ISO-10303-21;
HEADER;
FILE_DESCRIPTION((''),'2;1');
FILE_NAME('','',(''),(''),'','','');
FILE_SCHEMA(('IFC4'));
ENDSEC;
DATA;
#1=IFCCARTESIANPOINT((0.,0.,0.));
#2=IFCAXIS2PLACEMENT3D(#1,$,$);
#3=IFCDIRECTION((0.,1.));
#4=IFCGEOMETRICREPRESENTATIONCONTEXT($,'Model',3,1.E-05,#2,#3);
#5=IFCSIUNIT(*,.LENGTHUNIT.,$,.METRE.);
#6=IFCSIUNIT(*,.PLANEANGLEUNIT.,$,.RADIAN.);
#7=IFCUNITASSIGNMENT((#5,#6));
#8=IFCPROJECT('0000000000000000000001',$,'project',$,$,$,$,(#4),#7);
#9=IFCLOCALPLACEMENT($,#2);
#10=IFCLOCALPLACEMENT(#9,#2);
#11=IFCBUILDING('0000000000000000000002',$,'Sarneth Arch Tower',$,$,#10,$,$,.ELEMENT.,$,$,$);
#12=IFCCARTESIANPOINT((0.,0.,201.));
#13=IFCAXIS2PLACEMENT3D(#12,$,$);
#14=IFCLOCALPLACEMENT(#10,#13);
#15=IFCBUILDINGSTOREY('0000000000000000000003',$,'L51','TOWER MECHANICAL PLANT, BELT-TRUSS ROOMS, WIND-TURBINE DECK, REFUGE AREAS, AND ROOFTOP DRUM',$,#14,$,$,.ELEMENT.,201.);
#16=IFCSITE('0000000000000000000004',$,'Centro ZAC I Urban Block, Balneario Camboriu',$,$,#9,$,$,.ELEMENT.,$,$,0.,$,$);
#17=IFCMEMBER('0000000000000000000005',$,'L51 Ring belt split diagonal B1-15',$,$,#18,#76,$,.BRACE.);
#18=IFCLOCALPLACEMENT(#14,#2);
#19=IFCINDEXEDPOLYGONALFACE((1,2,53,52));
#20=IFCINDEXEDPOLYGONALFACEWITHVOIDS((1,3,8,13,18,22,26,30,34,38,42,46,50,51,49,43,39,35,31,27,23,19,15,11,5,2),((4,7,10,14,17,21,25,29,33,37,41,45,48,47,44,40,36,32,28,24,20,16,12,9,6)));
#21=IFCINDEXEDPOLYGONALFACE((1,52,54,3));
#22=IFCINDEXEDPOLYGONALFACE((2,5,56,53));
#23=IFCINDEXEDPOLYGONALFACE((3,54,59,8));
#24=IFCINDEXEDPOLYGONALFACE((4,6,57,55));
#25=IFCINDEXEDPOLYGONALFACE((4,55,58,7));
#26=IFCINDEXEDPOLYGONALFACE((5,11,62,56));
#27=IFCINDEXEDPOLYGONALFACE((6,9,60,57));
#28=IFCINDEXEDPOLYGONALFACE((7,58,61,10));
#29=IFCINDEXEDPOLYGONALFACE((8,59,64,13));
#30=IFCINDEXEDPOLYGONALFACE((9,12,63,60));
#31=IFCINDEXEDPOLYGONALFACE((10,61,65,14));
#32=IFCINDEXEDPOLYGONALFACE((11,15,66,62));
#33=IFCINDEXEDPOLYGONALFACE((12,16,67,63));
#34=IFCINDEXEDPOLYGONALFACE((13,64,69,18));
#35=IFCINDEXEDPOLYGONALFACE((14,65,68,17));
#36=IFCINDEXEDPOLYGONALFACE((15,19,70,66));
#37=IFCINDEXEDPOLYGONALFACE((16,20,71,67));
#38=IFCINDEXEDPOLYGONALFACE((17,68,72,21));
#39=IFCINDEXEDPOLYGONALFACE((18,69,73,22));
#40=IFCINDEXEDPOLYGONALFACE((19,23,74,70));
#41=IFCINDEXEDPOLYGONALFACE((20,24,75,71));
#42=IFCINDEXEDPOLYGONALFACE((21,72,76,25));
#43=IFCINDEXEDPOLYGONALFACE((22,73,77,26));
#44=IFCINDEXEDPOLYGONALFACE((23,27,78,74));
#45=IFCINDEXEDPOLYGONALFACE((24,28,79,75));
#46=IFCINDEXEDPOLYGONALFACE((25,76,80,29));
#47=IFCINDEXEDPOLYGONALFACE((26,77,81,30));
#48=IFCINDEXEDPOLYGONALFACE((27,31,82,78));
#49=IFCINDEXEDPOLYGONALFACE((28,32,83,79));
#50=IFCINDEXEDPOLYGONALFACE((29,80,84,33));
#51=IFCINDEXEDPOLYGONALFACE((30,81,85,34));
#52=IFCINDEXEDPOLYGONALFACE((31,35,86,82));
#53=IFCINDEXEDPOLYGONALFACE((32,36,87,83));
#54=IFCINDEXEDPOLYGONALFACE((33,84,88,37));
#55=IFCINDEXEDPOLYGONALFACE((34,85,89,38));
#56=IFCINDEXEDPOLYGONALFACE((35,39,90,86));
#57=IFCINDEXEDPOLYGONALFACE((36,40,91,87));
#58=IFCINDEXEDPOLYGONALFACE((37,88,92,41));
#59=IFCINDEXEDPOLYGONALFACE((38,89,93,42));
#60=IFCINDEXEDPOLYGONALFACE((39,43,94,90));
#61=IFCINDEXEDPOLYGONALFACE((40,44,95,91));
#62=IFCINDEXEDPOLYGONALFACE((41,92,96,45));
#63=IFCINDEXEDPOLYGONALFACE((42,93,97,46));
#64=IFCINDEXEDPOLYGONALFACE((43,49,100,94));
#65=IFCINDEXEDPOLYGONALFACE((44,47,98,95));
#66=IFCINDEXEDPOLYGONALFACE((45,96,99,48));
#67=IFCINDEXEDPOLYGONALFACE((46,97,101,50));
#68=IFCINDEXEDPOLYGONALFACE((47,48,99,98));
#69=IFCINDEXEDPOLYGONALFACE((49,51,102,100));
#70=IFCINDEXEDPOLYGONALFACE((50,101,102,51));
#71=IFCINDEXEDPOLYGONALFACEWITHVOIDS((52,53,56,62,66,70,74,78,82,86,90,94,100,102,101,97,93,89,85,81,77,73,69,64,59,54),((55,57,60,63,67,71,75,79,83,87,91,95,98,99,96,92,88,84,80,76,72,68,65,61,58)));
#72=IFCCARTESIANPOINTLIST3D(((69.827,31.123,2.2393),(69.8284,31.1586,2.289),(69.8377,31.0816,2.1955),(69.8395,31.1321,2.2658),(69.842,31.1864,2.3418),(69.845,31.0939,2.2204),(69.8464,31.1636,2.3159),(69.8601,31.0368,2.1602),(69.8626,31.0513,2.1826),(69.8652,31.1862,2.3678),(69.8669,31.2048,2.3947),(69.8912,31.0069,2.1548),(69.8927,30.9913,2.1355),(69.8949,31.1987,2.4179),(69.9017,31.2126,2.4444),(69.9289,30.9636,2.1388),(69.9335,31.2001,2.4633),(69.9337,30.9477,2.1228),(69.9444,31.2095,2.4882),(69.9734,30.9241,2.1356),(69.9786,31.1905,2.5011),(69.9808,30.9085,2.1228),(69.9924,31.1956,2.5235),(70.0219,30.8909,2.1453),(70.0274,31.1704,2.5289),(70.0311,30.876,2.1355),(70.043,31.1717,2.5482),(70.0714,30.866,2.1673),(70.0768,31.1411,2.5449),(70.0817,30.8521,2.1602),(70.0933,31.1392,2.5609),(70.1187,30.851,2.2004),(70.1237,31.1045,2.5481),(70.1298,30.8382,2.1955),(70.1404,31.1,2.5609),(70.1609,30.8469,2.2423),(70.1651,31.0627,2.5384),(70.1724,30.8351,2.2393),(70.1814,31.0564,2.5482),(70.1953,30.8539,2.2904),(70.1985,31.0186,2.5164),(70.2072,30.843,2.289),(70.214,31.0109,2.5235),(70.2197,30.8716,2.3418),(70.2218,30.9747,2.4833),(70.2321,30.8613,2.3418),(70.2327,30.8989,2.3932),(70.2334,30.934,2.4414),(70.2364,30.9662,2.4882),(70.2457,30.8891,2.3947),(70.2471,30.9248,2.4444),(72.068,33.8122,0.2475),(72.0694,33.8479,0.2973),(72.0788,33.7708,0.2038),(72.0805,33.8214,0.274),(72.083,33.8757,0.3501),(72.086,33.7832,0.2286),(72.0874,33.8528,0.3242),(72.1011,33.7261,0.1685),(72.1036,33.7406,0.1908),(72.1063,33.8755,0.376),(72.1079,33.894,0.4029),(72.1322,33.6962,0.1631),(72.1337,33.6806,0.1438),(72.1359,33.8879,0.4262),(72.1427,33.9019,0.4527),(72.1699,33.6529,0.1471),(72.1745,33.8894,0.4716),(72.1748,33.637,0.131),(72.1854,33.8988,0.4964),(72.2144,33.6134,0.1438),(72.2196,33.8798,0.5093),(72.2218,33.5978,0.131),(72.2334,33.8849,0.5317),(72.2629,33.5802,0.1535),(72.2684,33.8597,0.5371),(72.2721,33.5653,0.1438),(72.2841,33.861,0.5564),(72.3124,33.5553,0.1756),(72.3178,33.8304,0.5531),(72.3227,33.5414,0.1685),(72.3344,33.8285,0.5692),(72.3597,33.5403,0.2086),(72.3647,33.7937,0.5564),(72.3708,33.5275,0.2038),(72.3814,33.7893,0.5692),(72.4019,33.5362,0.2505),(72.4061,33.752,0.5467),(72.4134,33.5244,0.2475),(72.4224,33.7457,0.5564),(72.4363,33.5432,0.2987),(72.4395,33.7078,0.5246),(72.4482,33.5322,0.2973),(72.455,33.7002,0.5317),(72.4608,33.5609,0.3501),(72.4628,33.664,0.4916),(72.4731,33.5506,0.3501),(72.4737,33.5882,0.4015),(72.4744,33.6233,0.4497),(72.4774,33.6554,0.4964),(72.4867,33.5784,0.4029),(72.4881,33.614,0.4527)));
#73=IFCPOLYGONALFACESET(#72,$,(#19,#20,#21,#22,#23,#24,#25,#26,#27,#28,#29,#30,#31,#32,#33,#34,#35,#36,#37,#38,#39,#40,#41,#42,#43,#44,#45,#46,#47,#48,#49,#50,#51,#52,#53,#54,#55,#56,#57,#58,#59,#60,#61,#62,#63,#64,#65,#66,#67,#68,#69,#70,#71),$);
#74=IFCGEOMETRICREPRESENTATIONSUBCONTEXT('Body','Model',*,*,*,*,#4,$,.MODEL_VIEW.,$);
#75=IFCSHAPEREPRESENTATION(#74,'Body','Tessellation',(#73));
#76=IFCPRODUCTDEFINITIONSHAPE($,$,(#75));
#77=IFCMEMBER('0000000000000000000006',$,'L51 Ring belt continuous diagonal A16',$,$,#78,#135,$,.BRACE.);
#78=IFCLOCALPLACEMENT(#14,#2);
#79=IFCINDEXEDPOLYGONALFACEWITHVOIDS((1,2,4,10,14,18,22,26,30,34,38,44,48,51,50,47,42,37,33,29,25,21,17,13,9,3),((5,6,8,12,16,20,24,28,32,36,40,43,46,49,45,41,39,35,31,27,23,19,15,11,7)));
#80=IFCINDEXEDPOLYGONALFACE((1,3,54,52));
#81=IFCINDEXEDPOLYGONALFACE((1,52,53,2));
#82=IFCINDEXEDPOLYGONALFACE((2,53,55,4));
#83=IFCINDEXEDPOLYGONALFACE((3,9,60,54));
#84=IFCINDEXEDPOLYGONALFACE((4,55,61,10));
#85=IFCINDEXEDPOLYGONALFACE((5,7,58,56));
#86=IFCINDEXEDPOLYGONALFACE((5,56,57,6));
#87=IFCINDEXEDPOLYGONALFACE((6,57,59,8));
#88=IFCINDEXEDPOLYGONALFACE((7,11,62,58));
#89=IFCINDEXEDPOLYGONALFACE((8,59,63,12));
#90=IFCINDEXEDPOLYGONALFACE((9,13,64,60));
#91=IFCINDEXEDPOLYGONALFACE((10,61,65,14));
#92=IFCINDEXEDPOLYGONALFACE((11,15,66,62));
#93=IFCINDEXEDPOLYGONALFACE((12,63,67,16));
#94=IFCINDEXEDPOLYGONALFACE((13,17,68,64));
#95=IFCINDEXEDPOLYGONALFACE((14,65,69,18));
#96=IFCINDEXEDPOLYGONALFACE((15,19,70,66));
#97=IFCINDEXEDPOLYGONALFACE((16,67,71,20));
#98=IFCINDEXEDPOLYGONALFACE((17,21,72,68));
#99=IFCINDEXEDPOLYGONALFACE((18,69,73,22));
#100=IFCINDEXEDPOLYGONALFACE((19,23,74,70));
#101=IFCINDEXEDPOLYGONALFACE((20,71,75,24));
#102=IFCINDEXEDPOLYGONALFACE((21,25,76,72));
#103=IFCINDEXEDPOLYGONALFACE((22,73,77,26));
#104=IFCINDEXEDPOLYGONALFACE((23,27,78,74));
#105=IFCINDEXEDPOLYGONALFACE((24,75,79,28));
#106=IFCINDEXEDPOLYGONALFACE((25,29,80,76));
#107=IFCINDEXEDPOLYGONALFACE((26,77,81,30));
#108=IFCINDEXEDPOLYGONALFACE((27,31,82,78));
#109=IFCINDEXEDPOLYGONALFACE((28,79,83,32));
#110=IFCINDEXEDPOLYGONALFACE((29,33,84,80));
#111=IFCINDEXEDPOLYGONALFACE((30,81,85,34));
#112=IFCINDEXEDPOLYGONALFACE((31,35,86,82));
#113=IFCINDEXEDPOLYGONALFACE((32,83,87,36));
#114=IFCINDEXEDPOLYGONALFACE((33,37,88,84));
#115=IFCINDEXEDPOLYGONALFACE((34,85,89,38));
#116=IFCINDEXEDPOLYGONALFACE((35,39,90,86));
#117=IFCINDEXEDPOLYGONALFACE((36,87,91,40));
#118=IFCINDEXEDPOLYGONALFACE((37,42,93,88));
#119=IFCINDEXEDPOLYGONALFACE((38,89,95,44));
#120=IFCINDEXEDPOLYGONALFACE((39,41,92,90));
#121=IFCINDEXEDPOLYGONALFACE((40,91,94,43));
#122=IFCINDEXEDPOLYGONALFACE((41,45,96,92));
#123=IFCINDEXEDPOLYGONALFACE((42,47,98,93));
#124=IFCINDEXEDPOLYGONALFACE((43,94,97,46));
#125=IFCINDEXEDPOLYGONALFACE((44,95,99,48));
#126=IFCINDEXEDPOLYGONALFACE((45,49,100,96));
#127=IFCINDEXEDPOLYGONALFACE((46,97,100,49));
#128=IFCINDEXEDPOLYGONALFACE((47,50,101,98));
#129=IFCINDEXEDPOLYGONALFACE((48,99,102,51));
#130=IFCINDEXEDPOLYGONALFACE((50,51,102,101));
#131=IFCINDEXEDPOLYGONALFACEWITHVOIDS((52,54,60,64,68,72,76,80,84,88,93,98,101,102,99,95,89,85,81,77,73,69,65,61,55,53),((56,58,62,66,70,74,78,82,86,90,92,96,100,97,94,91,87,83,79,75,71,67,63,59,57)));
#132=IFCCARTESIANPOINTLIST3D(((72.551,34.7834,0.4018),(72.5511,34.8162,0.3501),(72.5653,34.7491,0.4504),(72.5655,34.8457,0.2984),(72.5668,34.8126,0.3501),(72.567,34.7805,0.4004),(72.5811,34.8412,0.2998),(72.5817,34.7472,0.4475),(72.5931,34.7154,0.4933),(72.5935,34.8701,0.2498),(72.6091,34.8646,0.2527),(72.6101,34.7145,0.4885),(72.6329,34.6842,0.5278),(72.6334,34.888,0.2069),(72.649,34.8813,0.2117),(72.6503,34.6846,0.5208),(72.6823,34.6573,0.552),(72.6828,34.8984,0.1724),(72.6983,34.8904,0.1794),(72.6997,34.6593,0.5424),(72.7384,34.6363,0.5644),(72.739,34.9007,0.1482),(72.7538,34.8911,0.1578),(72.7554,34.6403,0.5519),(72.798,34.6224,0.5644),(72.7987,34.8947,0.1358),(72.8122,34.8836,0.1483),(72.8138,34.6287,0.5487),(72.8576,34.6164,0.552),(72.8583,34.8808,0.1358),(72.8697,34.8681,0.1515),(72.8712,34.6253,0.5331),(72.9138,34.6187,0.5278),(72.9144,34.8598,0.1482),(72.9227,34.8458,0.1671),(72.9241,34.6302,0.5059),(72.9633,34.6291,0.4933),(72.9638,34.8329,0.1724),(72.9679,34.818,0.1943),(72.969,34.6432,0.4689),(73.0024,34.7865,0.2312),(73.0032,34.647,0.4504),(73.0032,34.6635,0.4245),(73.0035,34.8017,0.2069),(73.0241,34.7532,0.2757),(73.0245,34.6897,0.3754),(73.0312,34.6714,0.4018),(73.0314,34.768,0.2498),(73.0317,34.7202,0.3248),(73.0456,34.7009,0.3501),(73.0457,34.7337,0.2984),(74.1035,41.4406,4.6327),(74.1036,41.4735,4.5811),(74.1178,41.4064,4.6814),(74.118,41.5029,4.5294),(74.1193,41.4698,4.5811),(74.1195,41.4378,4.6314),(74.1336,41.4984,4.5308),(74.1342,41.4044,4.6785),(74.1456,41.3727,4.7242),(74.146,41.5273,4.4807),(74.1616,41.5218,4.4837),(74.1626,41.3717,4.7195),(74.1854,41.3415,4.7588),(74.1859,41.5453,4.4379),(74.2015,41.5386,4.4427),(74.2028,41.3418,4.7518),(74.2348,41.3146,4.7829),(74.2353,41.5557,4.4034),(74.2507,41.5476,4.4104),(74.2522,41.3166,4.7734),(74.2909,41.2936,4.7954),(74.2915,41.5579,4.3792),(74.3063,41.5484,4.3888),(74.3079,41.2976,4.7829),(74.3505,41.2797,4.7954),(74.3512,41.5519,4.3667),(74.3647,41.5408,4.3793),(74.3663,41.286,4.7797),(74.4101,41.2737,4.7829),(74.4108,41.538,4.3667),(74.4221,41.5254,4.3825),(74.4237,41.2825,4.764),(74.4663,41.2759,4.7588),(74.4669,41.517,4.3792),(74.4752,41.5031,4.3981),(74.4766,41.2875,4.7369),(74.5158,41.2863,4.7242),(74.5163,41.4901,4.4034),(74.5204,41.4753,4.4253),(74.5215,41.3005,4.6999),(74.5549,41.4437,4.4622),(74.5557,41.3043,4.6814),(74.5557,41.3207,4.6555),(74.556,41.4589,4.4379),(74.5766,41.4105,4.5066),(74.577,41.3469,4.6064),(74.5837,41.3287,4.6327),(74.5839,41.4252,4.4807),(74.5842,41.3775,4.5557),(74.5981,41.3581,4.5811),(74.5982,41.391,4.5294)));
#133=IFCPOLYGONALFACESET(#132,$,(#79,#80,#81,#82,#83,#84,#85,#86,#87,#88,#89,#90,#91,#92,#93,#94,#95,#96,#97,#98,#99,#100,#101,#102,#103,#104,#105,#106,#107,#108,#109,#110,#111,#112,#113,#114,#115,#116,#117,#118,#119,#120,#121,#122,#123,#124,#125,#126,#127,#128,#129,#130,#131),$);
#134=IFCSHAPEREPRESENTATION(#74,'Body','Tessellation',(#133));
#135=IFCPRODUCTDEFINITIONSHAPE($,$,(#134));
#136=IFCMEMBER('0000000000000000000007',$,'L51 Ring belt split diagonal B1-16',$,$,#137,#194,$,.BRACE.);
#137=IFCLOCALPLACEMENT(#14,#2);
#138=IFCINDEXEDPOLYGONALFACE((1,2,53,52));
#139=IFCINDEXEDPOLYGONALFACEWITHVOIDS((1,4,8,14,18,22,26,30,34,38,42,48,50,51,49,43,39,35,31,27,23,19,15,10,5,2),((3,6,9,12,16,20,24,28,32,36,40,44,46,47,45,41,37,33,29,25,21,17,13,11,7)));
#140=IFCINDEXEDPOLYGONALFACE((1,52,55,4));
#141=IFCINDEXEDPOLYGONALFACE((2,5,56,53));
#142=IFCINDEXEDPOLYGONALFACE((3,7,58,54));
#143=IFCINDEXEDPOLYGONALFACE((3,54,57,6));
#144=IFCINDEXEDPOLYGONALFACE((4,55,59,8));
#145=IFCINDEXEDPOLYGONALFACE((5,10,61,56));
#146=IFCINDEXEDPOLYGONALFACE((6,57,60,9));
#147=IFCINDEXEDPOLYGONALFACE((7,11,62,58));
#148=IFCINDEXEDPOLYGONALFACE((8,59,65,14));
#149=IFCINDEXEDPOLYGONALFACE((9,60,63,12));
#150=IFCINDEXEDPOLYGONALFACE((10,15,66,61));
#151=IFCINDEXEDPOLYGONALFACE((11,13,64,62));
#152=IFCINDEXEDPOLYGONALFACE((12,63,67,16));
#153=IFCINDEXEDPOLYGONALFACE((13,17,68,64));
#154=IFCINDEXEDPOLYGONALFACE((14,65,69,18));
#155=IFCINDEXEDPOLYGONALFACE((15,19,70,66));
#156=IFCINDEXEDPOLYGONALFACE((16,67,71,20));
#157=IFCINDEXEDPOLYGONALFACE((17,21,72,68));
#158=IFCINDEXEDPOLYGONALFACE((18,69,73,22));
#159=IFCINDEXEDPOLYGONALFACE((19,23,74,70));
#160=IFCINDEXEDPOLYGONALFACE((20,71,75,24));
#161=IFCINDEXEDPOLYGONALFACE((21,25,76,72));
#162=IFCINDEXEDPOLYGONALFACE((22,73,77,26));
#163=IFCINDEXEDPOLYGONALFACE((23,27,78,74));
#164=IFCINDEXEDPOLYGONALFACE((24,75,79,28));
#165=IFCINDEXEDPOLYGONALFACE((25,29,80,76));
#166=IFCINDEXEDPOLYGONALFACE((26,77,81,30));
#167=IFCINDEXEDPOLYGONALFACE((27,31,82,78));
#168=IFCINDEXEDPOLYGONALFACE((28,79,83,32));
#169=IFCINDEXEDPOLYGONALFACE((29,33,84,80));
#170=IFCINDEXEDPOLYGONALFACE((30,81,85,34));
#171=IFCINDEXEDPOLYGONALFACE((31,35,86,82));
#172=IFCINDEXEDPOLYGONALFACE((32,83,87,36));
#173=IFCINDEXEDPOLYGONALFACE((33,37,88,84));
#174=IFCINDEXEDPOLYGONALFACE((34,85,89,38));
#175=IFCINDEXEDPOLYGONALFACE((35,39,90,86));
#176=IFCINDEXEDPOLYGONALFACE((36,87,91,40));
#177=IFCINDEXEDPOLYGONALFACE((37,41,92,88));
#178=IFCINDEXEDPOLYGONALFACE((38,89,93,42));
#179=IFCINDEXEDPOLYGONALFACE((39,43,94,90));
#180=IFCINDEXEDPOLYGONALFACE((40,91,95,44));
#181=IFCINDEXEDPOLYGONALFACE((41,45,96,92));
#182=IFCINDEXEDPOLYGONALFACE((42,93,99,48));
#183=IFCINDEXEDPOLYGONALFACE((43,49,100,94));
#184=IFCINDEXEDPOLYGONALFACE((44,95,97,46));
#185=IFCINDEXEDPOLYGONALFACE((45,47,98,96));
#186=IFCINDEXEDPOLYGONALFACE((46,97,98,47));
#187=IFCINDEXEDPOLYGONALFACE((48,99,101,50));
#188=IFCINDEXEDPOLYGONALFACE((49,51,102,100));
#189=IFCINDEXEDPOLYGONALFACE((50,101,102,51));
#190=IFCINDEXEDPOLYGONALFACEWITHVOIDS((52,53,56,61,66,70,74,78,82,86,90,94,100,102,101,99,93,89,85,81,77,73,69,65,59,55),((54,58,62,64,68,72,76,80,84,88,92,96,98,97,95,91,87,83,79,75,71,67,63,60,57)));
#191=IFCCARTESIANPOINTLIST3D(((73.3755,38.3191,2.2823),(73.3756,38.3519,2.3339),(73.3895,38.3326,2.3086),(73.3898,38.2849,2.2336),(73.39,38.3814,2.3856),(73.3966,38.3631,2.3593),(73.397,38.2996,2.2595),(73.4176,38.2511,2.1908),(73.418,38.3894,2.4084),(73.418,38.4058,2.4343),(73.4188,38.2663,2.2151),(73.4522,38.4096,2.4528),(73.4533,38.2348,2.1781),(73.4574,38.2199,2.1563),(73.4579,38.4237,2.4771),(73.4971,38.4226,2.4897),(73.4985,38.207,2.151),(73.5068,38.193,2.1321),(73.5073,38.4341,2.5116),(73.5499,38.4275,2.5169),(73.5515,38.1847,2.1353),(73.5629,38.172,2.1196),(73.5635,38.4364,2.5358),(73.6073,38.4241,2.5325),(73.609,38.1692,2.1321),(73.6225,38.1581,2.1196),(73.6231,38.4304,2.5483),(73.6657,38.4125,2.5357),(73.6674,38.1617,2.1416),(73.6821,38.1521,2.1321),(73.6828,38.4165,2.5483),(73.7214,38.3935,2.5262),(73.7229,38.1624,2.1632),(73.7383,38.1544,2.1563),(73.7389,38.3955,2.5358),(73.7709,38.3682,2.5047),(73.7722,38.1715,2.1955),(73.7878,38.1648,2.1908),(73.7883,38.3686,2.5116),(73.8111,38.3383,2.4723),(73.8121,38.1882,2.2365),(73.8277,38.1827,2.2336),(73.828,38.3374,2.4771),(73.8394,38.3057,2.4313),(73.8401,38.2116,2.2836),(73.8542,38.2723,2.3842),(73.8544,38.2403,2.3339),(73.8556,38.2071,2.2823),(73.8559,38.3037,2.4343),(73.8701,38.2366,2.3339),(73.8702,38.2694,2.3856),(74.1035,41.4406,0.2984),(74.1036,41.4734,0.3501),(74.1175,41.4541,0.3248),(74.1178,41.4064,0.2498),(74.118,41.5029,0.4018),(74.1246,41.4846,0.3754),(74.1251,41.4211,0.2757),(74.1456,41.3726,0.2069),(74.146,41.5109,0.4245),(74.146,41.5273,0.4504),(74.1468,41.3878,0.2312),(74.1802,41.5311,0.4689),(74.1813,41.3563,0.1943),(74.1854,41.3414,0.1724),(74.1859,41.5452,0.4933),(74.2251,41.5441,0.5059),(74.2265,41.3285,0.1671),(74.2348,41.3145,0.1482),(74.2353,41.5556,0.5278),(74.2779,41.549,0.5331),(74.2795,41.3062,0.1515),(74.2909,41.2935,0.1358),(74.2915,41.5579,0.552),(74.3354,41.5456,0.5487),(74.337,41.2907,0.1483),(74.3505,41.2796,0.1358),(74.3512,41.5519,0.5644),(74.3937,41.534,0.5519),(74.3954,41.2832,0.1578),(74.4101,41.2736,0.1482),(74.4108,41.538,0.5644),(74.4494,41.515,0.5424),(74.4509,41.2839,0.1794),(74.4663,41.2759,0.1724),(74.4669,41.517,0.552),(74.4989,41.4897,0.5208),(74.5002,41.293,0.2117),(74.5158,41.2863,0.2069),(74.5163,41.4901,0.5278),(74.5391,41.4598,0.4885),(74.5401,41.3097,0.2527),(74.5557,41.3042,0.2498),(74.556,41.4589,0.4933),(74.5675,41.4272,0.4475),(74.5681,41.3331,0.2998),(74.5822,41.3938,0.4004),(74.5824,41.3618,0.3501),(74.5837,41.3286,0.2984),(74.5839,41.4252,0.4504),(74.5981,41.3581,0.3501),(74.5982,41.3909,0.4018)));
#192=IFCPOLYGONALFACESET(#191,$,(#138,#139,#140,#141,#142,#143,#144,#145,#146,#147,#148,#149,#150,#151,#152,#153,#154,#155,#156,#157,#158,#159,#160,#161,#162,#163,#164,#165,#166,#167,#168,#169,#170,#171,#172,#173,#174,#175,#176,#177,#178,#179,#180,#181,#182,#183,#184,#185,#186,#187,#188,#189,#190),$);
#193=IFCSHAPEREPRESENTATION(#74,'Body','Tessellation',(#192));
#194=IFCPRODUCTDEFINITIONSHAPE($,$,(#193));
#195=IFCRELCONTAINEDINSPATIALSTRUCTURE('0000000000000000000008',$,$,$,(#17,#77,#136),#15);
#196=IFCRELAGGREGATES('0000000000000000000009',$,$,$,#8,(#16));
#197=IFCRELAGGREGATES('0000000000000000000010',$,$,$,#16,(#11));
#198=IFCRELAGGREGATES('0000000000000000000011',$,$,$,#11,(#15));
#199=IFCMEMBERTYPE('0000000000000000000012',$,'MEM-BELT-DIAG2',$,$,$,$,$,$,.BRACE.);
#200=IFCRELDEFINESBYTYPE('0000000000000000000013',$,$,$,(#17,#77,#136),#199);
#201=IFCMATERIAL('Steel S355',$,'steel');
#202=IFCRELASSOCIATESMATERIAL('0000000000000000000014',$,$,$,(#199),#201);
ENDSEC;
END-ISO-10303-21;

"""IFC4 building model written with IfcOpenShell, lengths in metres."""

from ifc_helpers import new_model, si_unit, direction, frame, origin, origin_2d, place, context, subcontext, project, spatial, hollow_circle, extrude, material, material_profile, profile_set, type_object, element, save


model = new_model("IFC4")

# Units and contexts
model_context = context("Model", 3, precision=1e-05, world=origin(), true_north=direction((0.0, 1.0)))
body_context = subcontext(model_context, "Body", "Model", "MODEL_VIEW")
ifc_project = project(units=[si_unit("LENGTHUNIT", "METRE"), si_unit("PLANEANGLEUNIT", "RADIAN")], contexts=[model_context])

# Site, building, storey
site_placement = place(None, origin())
site = spatial("IfcSite", under=ifc_project, at=site_placement, Name="Centro ZAC I Urban Block, Balneario Camboriu", CompositionType="ELEMENT", RefElevation=0.0)
building_placement = place(site_placement, origin())
building = spatial("IfcBuilding", under=site, at=building_placement, Name="Sarneth Arch Tower", CompositionType="ELEMENT")
storey_placement = place(building_placement, frame((0.0, 0.0, 201.0)))
storey = spatial("IfcBuildingStorey", under=building, at=storey_placement, Name="L51", Description="TOWER MECHANICAL PLANT, BELT-TRUSS ROOMS, WIND-TURBINE DECK, REFUGE AREAS, AND ROOFTOP DRUM", CompositionType="ELEMENT", Elevation=201.0)

# Members
ifc_material_1 = material(Name="Steel S355", Category="steel")
ifc_material_profile_1 = material_profile(ifc_material_1, hollow_circle(Radius=0.2539, WallThickness=0.0161, at=origin_2d()), Name="CHS508x16")
ifc_profile_set_1 = profile_set([ifc_material_profile_1], Name="Steel S355")
member_type_1 = type_object("IfcMemberType", Name="MEM-BELT-DIAG2", PredefinedType="BRACE", material=ifc_profile_set_1)
member_1_placement = place(storey_placement, frame((72.2781, 33.7131, 0.3501), z_axis=(-0.556418, -0.667714, 0.494527), x_axis=(0.768227, -0.640178, 0.0)))
element("IfcMember", 1, at=member_1_placement, inside=storey, type_object=member_type_1, Name="L51 Ring belt split diagonal B1-15", PredefinedType="BRACE", context=body_context, shape_type="SweptSolid", body=[
    extrude(hollow_circle(Radius=0.2539, WallThickness=0.0161, at=origin_2d()), origin(), (0.0, 0.0, 1.0), 4.0276),
])
member_2_placement = place(storey_placement, frame((72.7983, 34.7585, 0.3501), z_axis=(0.193113, 0.828088, 0.526286), x_axis=(-0.973869, 0.22711, 0.0)))
element("IfcMember", 2, at=member_2_placement, inside=storey, type_object=member_type_1, Name="L51 Ring belt continuous diagonal A16", PredefinedType="BRACE", context=body_context, shape_type="SweptSolid", body=[
    extrude(hollow_circle(Radius=0.2539, WallThickness=0.0161, at=origin_2d()), origin(), (0.0, 0.0, 1.0), 8.0393),
])
for number, where, z_axis, x_axis, name in (
    (3, (74.3508, 41.4158, 0.3501), (-0.19313, -0.828087, 0.526282), (0.973865, -0.227128, 0.0), "L51 Ring belt split diagonal B1-16"),
):
    element("IfcMember", number, at=place(storey_placement, frame(where, z_axis=z_axis, x_axis=x_axis)), inside=storey, type_object=member_type_1, Name=name, PredefinedType="BRACE", context=body_context, shape_type="SweptSolid", body=[
        extrude(hollow_circle(Radius=0.2539, WallThickness=0.0161, at=origin_2d()), origin(), (0.0, 0.0, 1.0), 3.7695),
    ])

save(model, "model.ifc")
